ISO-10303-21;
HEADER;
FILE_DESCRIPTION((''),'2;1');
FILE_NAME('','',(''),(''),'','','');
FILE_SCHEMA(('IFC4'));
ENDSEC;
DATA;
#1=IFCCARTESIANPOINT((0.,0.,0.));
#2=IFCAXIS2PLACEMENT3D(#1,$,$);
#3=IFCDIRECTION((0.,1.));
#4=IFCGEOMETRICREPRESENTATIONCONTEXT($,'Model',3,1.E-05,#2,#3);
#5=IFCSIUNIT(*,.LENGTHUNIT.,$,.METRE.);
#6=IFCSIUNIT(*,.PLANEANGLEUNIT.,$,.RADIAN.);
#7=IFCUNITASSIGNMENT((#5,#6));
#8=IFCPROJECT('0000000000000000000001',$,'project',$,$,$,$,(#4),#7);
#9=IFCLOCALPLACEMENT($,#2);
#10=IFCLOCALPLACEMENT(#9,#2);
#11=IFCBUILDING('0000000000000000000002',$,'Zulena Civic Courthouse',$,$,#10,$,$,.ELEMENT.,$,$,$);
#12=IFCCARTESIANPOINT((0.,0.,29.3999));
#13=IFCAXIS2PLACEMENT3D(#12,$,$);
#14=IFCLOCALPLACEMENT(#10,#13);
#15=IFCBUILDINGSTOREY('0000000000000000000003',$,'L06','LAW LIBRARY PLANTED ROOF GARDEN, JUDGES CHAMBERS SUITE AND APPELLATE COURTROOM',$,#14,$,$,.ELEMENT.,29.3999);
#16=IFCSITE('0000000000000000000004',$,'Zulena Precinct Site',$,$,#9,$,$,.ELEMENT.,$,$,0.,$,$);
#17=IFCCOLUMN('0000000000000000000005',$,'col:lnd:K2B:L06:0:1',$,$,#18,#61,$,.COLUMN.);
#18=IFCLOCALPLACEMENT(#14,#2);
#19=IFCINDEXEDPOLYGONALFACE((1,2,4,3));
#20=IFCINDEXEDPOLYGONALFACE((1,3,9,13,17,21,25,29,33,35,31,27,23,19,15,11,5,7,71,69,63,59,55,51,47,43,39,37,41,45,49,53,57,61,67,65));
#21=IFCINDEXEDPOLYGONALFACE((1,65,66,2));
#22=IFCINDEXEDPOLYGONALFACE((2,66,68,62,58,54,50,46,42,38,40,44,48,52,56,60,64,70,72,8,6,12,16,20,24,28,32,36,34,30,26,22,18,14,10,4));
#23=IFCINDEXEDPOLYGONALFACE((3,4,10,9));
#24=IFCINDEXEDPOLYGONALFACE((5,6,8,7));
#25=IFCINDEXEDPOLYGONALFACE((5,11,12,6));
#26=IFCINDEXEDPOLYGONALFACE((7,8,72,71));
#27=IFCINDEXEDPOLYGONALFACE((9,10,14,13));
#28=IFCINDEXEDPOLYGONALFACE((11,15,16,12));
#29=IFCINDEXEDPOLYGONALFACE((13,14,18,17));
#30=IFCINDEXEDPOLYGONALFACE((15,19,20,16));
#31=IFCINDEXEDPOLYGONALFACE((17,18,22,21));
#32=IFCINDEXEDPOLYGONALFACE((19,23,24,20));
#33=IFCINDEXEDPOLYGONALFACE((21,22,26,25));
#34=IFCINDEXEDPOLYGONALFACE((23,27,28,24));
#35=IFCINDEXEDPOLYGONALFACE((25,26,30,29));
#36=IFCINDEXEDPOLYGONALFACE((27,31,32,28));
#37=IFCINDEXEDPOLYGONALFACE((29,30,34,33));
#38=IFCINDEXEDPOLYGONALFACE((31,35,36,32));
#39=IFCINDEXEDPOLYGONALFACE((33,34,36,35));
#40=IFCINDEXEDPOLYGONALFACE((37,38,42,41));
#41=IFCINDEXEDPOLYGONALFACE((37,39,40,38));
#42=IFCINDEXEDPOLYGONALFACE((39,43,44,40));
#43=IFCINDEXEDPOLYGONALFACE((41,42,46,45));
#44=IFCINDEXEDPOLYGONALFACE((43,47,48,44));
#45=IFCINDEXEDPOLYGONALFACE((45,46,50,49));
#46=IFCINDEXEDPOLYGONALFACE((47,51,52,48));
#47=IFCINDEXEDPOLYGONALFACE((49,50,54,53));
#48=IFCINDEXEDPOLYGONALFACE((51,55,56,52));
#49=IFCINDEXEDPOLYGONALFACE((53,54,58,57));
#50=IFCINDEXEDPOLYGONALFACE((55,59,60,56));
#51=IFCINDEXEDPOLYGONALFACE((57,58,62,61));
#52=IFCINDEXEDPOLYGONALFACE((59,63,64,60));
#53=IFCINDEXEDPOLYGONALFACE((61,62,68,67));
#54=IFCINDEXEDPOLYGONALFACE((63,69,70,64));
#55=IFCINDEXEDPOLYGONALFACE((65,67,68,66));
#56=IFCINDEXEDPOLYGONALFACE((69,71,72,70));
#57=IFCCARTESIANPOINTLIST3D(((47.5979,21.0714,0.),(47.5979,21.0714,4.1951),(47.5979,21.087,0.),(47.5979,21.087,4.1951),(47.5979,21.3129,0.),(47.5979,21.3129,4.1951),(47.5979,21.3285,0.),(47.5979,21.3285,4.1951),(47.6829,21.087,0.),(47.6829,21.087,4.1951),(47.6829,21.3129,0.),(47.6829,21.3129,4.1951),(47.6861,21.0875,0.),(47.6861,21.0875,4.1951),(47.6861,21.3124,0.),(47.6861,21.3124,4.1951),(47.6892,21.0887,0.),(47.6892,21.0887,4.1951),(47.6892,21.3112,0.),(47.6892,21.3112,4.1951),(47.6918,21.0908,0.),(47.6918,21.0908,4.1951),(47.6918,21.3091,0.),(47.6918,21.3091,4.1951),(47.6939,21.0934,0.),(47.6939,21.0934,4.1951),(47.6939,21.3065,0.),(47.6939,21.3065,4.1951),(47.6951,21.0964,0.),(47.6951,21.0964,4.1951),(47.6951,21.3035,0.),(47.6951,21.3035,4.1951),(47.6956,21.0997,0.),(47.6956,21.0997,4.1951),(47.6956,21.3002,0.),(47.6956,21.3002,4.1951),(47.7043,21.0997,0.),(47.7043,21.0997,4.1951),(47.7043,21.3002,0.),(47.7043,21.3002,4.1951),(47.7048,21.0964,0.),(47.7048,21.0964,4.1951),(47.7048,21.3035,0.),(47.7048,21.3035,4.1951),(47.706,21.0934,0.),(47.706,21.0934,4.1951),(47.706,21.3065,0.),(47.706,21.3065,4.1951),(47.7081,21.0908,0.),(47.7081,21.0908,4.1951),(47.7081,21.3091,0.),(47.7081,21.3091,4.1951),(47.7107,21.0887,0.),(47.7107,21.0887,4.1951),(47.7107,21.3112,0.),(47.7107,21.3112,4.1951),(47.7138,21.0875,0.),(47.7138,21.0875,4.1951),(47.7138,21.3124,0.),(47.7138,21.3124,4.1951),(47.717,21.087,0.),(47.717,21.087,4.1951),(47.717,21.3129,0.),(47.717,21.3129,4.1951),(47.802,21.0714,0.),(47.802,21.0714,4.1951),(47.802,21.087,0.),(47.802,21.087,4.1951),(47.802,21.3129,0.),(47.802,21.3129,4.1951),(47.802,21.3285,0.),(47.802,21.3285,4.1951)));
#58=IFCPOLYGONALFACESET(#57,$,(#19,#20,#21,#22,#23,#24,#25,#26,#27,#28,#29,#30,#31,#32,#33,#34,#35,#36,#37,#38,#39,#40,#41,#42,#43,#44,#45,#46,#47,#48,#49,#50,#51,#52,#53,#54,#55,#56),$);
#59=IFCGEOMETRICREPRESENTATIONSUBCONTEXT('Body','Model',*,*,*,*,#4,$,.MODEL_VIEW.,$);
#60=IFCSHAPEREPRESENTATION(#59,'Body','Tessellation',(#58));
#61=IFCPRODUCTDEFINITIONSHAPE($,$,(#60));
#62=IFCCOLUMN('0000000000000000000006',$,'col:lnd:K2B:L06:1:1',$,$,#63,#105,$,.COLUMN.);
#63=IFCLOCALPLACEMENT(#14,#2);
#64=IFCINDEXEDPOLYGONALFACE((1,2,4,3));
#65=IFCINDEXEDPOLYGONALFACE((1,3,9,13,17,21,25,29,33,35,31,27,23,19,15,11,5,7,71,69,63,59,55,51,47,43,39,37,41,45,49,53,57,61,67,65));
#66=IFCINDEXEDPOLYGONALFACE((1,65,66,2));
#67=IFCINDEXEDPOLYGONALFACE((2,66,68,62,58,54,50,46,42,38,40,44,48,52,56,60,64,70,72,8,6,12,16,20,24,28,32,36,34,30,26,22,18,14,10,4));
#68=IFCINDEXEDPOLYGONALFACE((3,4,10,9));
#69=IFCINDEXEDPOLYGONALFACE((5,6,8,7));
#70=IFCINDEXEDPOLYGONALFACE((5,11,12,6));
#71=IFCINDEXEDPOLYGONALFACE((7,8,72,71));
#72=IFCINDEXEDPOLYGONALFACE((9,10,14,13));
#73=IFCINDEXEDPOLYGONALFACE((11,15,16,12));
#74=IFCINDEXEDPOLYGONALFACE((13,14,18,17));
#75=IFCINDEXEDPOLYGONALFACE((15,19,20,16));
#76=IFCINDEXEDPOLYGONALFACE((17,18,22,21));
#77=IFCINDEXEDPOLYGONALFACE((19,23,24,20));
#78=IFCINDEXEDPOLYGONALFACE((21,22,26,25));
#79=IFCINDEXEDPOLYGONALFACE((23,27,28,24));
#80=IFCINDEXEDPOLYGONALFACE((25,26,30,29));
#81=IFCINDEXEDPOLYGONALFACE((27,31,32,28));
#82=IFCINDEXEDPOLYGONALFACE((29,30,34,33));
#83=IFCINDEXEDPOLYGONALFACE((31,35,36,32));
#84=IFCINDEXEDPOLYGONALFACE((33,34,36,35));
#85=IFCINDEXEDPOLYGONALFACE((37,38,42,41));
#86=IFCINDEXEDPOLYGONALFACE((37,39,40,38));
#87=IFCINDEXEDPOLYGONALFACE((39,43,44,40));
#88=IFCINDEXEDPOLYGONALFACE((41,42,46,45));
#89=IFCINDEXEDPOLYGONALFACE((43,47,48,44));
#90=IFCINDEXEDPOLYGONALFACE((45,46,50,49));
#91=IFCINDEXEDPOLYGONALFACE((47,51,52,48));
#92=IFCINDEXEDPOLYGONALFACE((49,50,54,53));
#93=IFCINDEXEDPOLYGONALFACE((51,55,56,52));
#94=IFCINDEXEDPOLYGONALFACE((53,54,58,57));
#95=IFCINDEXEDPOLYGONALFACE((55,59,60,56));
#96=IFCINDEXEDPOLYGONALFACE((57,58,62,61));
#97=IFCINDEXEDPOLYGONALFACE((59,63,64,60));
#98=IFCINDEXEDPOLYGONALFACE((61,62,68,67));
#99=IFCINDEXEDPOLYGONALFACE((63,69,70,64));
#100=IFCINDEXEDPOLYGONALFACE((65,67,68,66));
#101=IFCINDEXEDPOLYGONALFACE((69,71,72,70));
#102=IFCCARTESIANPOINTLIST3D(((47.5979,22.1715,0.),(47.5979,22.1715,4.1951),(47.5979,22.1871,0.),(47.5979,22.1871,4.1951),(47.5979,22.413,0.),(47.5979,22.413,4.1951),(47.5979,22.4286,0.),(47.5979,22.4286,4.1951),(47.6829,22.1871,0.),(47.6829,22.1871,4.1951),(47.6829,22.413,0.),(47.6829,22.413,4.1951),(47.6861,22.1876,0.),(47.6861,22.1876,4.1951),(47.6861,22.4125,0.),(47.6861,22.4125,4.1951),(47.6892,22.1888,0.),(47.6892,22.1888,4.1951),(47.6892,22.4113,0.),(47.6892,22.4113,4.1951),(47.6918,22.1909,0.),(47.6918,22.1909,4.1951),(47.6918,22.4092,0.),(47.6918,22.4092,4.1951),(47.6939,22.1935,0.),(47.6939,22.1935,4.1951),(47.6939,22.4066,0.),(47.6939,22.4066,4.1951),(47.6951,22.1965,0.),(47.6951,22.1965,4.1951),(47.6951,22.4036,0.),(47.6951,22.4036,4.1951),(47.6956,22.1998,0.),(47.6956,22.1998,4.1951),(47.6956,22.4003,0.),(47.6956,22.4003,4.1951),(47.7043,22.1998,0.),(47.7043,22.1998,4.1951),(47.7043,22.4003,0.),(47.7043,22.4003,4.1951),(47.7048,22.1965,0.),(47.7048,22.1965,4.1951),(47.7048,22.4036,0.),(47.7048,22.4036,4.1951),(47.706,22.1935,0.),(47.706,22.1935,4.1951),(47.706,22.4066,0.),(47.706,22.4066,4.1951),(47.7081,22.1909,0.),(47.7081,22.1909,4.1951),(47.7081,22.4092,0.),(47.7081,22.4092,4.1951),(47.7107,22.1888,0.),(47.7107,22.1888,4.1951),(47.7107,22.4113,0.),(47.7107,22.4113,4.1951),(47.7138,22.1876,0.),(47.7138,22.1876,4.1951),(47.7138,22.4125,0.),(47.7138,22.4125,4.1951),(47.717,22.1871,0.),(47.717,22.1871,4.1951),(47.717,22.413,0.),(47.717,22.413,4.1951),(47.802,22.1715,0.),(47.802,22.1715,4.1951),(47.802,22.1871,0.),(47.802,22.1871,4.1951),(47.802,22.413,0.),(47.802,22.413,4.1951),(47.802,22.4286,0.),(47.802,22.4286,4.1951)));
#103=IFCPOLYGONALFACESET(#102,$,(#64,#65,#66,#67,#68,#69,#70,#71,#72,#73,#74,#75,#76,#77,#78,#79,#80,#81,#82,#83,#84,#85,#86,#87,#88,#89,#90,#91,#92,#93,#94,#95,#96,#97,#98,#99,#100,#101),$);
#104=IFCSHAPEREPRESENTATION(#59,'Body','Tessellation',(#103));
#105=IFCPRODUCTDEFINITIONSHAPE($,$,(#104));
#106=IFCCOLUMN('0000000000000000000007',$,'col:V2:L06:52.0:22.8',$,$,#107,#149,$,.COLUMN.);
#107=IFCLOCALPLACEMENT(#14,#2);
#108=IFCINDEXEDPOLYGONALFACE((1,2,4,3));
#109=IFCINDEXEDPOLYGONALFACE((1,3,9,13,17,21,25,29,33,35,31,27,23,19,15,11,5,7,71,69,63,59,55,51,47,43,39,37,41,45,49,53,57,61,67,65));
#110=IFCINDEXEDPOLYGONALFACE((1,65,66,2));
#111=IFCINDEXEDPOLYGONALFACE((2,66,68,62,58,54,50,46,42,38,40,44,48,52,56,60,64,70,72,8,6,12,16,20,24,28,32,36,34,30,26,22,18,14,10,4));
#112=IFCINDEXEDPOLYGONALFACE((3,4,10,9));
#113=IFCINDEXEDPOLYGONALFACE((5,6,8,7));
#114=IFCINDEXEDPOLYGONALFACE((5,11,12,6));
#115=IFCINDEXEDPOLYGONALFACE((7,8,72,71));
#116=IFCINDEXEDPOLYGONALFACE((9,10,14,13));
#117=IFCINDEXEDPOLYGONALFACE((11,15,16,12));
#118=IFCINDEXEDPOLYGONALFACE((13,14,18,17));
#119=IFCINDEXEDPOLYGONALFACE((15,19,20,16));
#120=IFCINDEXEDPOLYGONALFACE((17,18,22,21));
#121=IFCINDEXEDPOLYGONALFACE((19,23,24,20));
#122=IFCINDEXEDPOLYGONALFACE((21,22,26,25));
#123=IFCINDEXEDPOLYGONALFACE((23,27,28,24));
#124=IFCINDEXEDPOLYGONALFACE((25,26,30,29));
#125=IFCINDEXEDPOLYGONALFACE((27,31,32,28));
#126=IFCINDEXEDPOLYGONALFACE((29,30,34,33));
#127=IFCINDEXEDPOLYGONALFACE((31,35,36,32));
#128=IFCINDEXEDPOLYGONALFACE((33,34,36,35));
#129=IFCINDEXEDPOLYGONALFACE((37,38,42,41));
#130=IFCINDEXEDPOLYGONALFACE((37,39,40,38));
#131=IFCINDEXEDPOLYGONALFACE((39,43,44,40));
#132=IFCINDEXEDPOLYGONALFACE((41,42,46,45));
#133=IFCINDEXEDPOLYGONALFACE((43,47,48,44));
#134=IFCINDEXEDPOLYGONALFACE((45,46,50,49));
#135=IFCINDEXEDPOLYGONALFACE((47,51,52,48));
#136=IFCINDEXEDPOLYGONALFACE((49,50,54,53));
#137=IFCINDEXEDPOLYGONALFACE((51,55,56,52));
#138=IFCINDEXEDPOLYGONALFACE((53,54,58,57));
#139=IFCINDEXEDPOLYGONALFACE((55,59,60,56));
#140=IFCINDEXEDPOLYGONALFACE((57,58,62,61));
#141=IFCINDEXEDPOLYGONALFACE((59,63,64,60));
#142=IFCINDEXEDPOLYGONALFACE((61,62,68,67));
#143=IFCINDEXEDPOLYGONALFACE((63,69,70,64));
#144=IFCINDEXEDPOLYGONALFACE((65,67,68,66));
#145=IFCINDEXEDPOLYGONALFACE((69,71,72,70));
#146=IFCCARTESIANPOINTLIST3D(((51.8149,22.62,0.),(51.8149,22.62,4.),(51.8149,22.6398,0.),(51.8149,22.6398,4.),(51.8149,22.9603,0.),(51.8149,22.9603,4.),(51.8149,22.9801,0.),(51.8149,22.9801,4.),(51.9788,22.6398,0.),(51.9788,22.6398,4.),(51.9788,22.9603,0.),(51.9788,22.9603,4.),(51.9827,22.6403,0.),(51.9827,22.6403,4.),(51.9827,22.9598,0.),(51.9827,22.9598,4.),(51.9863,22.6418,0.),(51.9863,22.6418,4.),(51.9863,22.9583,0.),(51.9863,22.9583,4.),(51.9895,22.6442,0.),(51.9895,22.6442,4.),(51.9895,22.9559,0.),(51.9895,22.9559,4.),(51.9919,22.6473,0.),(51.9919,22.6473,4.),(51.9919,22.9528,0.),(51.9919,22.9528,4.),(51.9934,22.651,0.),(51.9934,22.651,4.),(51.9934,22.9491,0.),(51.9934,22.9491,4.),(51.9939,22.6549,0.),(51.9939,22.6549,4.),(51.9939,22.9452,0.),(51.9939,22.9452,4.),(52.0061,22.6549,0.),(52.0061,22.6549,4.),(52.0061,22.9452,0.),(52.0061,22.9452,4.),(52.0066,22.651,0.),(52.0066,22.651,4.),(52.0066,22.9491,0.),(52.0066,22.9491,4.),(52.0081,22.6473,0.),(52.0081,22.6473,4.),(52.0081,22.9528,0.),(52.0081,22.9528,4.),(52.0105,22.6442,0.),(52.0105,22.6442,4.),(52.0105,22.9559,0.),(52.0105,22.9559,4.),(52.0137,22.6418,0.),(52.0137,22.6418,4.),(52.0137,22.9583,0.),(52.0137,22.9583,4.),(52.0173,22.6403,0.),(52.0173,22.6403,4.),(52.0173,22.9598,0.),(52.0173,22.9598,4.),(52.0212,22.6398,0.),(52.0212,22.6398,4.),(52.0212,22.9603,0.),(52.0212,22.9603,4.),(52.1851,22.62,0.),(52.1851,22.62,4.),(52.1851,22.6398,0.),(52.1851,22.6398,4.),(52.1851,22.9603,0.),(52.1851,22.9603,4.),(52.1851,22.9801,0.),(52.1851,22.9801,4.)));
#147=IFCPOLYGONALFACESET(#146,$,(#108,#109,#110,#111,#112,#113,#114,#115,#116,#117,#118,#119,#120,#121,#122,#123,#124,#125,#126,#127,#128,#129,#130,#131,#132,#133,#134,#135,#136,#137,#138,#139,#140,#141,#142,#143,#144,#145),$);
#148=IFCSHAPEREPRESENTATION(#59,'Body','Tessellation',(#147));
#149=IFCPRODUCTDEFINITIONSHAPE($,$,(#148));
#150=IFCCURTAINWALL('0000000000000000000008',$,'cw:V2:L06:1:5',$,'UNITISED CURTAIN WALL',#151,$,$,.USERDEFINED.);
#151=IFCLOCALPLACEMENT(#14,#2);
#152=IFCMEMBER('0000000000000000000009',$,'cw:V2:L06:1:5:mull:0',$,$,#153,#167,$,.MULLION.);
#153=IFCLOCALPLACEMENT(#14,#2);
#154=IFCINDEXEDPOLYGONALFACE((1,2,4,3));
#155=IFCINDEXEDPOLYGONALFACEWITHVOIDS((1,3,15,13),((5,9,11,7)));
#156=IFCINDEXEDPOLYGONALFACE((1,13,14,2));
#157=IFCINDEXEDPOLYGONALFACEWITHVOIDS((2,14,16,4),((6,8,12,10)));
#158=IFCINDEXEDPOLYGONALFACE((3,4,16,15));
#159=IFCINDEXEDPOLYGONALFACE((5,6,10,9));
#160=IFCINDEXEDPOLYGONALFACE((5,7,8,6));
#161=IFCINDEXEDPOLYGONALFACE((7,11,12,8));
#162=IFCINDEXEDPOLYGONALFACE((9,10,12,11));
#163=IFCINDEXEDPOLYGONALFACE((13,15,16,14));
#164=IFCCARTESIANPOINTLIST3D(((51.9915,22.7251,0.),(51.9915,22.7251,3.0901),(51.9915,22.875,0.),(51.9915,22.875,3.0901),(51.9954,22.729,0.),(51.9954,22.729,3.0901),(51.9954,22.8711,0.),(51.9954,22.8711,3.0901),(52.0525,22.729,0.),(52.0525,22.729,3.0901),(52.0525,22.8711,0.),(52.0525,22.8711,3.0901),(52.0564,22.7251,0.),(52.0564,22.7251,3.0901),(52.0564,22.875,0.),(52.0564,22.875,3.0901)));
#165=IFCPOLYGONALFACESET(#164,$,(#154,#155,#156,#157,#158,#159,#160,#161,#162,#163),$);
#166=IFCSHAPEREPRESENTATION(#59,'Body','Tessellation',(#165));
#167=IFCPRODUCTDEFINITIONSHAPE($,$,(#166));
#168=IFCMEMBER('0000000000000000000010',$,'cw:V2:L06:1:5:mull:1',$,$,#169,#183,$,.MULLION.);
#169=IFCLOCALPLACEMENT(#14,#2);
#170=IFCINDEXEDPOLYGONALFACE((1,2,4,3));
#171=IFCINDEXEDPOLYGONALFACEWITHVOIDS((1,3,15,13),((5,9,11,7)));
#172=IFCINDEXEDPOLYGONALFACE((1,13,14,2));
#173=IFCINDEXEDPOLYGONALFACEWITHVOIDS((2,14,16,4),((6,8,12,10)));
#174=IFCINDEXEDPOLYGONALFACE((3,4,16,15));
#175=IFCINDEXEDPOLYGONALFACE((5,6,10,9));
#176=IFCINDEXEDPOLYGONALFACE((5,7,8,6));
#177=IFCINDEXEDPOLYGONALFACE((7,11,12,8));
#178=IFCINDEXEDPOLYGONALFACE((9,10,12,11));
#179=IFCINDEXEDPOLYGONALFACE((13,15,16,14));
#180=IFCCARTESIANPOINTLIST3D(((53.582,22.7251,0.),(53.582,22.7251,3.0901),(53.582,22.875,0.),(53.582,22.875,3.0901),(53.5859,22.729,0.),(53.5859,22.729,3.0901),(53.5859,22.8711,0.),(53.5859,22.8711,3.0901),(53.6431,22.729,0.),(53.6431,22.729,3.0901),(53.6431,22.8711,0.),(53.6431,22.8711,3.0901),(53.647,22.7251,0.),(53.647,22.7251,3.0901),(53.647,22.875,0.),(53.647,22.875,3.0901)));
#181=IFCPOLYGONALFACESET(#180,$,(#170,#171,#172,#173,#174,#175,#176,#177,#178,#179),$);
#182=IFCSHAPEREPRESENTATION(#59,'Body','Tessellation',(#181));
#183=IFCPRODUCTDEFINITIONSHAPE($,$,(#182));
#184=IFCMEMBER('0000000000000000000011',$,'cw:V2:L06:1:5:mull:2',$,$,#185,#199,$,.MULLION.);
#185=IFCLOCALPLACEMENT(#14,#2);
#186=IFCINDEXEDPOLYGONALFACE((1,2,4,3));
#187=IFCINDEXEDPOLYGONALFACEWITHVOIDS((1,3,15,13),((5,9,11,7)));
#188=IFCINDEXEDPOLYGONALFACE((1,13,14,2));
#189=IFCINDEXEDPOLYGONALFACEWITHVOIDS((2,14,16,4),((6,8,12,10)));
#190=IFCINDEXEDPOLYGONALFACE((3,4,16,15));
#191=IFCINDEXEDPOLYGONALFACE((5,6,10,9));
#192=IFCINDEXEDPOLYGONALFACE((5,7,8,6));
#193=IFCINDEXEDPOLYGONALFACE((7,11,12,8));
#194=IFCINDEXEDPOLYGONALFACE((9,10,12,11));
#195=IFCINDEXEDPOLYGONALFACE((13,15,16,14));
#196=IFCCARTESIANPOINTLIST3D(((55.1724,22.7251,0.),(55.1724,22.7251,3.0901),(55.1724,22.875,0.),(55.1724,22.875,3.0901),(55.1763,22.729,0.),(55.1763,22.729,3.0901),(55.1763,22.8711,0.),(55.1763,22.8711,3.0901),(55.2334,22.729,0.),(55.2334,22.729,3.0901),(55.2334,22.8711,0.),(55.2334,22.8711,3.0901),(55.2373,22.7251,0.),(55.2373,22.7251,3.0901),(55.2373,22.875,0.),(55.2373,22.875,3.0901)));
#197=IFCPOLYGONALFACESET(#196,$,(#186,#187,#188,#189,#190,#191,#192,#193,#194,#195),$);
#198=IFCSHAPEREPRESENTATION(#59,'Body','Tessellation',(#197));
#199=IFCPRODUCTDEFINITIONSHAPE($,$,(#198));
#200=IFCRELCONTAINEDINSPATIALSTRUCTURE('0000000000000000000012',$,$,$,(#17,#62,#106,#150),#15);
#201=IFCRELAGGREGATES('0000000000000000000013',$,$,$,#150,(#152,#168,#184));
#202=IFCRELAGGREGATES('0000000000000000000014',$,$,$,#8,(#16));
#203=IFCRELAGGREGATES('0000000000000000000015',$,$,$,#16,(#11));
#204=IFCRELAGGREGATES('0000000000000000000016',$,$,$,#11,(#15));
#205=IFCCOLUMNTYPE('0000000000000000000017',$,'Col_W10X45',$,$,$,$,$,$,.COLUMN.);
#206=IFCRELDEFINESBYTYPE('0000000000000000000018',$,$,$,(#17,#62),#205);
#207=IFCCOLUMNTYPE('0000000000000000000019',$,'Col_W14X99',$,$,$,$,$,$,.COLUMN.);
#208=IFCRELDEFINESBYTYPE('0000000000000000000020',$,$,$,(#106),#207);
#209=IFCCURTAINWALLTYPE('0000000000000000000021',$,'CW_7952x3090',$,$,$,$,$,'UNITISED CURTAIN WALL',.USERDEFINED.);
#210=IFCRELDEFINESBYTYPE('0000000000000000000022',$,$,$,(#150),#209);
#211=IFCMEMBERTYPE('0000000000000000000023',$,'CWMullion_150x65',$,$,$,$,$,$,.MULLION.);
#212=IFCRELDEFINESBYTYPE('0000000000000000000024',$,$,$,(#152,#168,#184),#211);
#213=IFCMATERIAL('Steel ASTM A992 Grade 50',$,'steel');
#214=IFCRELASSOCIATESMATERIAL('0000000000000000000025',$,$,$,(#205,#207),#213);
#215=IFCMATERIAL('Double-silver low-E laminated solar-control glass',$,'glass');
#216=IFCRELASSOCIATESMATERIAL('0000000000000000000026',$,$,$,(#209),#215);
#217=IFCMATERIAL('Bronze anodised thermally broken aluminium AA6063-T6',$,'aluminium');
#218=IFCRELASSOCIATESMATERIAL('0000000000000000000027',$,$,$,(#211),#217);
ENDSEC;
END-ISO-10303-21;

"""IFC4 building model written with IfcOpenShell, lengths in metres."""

from ifc_helpers import new_model, si_unit, direction, frame, origin, origin_2d, place, context, subcontext, project, spatial, hollow_rectangle, i_section, extrude, material, material_profile, profile_set, type_object, element, aggregate, save


model = new_model("IFC4")

# Units and contexts
model_context = context("Model", 3, precision=1e-05, world=origin(), true_north=direction((0.0, 1.0)))
body_context = subcontext(model_context, "Body", "Model", "MODEL_VIEW")
ifc_project = project(units=[si_unit("LENGTHUNIT", "METRE"), si_unit("PLANEANGLEUNIT", "RADIAN")], contexts=[model_context])

# Site, building, storey
site_placement = place(None, origin())
site = spatial("IfcSite", under=ifc_project, at=site_placement, Name="Zulena Precinct Site", CompositionType="ELEMENT", RefElevation=0.0)
building_placement = place(site_placement, origin())
building = spatial("IfcBuilding", under=site, at=building_placement, Name="Zulena Civic Courthouse", CompositionType="ELEMENT")
storey_placement = place(building_placement, frame((0.0, 0.0, 29.3999)))
storey = spatial("IfcBuildingStorey", under=building, at=storey_placement, Name="L06", Description="LAW LIBRARY PLANTED ROOF GARDEN, JUDGES CHAMBERS SUITE AND APPELLATE COURTROOM", CompositionType="ELEMENT", Elevation=29.3999)

# Columns
ifc_material_1 = material(Name="Steel ASTM A992 Grade 50", Category="steel")
ifc_material_profile_1 = material_profile(ifc_material_1, i_section(OverallWidth=0.2041, OverallDepth=0.2571, WebThickness=0.0088, FlangeThickness=0.0156, FilletRadius=0.0127, at=origin_2d()), Name="W10X45")
ifc_profile_set_1 = profile_set([ifc_material_profile_1], Name="Steel ASTM A992 Grade 50")
column_type_1 = type_object("IfcColumnType", Name="Col_W10X45", PredefinedType="COLUMN", material=ifc_profile_set_1)
for number, where, z_axis, x_axis, name in (
    (1, (47.7, 21.2, 0.0), (0.0, 0.0, 1.0), (1.0, 0.0, 0.0), "col:lnd:K2B:L06:0:1"),
    (2, (47.7, 22.3, 0.0), (0.0, 0.0, 1.0), (1.0, 0.0, 0.0), "col:lnd:K2B:L06:1:1"),
):
    element("IfcColumn", number, at=place(storey_placement, frame(where, z_axis=z_axis, x_axis=x_axis)), inside=storey, type_object=column_type_1, Name=name, PredefinedType="COLUMN", context=body_context, shape_type="SweptSolid", body=[
        extrude(i_section(OverallWidth=0.2041, OverallDepth=0.2571, WebThickness=0.0088, FlangeThickness=0.0156, FilletRadius=0.0127, at=origin_2d()), origin(), (0.0, 0.0, 1.0), 4.1951),
    ])
ifc_material_profile_2 = material_profile(ifc_material_1, i_section(OverallWidth=0.3701, OverallDepth=0.3601, WebThickness=0.0122, FlangeThickness=0.0198, FilletRadius=0.0151, at=origin_2d()), Name="W14X99")
ifc_profile_set_2 = profile_set([ifc_material_profile_2], Name="Steel ASTM A992 Grade 50")
column_type_2 = type_object("IfcColumnType", Name="Col_W14X99", PredefinedType="COLUMN", material=ifc_profile_set_2)
column_placement = place(storey_placement, frame((52.0, 22.8, 0.0), z_axis=(0.0, 0.0, 1.0), x_axis=(1.0, 0.0, 0.0)))
element("IfcColumn", 3, at=column_placement, inside=storey, type_object=column_type_2, Name="col:V2:L06:52.0:22.8", PredefinedType="COLUMN", context=body_context, shape_type="SweptSolid", body=[
    extrude(i_section(OverallWidth=0.3701, OverallDepth=0.3601, WebThickness=0.0122, FlangeThickness=0.0198, FilletRadius=0.0151, at=origin_2d()), origin(), (0.0, 0.0, 1.0), 4.0),
])

# Curtain wall, members
ifc_material_2 = material(Name="Double-silver low-E laminated solar-control glass", Category="glass")
curtain_wall_type = type_object("IfcCurtainWallType", Name="CW_7952x3090", ElementType="UNITISED CURTAIN WALL", PredefinedType="USERDEFINED", material=ifc_material_2)
curtain_wall_placement = place(storey_placement, origin())
curtain_wall = element("IfcCurtainWall", 4, at=curtain_wall_placement, inside=storey, type_object=curtain_wall_type, Name="cw:V2:L06:1:5", ObjectType="UNITISED CURTAIN WALL", PredefinedType="USERDEFINED")
ifc_material_3 = material(Name="Bronze anodised thermally broken aluminium AA6063-T6", Category="aluminium")
ifc_material_profile_3 = material_profile(ifc_material_3, hollow_rectangle(XDim=0.0649, YDim=0.1499, WallThickness=0.0039, at=origin_2d()), Name="CWM150X65X4")
ifc_profile_set_3 = profile_set([ifc_material_profile_3], Name="Bronze anodised thermally broken aluminium AA6063-T6")
member_type_1 = type_object("IfcMemberType", Name="CWMullion_150x65", PredefinedType="MULLION", material=ifc_profile_set_3)
member_1_placement = place(storey_placement, frame((52.0239, 22.8, 0.0), z_axis=(0.0, 0.0, 1.0), x_axis=(1.0, 0.0, 0.0)))
member_1 = element("IfcMember", 5, at=member_1_placement, type_object=member_type_1, Name="cw:V2:L06:1:5:mull:0", PredefinedType="MULLION", context=body_context, shape_type="SweptSolid", body=[
    extrude(hollow_rectangle(XDim=0.0649, YDim=0.1499, WallThickness=0.0039, at=origin_2d()), origin(), (0.0, 0.0, 1.0), 3.0901),
])
member_2_placement = place(storey_placement, frame((53.6145, 22.8, 0.0), z_axis=(0.0, 0.0, 1.0), x_axis=(1.0, 0.0, 0.0)))
member_2 = element("IfcMember", 6, at=member_2_placement, type_object=member_type_1, Name="cw:V2:L06:1:5:mull:1", PredefinedType="MULLION", context=body_context, shape_type="SweptSolid", body=[
    extrude(hollow_rectangle(XDim=0.0649, YDim=0.1499, WallThickness=0.0039, at=origin_2d()), origin(), (0.0, 0.0, 1.0), 3.0901),
])
member_3_placement = place(storey_placement, frame((55.2048, 22.8, 0.0), z_axis=(0.0, 0.0, 1.0), x_axis=(1.0, 0.0, 0.0)))
member_3 = element("IfcMember", 7, at=member_3_placement, type_object=member_type_1, Name="cw:V2:L06:1:5:mull:2", PredefinedType="MULLION", context=body_context, shape_type="SweptSolid", body=[
    extrude(hollow_rectangle(XDim=0.0649, YDim=0.1499, WallThickness=0.0039, at=origin_2d()), origin(), (0.0, 0.0, 1.0), 3.0901),
])

aggregate(curtain_wall, [member_1, member_2, member_3])

save(model, "model.ifc")
